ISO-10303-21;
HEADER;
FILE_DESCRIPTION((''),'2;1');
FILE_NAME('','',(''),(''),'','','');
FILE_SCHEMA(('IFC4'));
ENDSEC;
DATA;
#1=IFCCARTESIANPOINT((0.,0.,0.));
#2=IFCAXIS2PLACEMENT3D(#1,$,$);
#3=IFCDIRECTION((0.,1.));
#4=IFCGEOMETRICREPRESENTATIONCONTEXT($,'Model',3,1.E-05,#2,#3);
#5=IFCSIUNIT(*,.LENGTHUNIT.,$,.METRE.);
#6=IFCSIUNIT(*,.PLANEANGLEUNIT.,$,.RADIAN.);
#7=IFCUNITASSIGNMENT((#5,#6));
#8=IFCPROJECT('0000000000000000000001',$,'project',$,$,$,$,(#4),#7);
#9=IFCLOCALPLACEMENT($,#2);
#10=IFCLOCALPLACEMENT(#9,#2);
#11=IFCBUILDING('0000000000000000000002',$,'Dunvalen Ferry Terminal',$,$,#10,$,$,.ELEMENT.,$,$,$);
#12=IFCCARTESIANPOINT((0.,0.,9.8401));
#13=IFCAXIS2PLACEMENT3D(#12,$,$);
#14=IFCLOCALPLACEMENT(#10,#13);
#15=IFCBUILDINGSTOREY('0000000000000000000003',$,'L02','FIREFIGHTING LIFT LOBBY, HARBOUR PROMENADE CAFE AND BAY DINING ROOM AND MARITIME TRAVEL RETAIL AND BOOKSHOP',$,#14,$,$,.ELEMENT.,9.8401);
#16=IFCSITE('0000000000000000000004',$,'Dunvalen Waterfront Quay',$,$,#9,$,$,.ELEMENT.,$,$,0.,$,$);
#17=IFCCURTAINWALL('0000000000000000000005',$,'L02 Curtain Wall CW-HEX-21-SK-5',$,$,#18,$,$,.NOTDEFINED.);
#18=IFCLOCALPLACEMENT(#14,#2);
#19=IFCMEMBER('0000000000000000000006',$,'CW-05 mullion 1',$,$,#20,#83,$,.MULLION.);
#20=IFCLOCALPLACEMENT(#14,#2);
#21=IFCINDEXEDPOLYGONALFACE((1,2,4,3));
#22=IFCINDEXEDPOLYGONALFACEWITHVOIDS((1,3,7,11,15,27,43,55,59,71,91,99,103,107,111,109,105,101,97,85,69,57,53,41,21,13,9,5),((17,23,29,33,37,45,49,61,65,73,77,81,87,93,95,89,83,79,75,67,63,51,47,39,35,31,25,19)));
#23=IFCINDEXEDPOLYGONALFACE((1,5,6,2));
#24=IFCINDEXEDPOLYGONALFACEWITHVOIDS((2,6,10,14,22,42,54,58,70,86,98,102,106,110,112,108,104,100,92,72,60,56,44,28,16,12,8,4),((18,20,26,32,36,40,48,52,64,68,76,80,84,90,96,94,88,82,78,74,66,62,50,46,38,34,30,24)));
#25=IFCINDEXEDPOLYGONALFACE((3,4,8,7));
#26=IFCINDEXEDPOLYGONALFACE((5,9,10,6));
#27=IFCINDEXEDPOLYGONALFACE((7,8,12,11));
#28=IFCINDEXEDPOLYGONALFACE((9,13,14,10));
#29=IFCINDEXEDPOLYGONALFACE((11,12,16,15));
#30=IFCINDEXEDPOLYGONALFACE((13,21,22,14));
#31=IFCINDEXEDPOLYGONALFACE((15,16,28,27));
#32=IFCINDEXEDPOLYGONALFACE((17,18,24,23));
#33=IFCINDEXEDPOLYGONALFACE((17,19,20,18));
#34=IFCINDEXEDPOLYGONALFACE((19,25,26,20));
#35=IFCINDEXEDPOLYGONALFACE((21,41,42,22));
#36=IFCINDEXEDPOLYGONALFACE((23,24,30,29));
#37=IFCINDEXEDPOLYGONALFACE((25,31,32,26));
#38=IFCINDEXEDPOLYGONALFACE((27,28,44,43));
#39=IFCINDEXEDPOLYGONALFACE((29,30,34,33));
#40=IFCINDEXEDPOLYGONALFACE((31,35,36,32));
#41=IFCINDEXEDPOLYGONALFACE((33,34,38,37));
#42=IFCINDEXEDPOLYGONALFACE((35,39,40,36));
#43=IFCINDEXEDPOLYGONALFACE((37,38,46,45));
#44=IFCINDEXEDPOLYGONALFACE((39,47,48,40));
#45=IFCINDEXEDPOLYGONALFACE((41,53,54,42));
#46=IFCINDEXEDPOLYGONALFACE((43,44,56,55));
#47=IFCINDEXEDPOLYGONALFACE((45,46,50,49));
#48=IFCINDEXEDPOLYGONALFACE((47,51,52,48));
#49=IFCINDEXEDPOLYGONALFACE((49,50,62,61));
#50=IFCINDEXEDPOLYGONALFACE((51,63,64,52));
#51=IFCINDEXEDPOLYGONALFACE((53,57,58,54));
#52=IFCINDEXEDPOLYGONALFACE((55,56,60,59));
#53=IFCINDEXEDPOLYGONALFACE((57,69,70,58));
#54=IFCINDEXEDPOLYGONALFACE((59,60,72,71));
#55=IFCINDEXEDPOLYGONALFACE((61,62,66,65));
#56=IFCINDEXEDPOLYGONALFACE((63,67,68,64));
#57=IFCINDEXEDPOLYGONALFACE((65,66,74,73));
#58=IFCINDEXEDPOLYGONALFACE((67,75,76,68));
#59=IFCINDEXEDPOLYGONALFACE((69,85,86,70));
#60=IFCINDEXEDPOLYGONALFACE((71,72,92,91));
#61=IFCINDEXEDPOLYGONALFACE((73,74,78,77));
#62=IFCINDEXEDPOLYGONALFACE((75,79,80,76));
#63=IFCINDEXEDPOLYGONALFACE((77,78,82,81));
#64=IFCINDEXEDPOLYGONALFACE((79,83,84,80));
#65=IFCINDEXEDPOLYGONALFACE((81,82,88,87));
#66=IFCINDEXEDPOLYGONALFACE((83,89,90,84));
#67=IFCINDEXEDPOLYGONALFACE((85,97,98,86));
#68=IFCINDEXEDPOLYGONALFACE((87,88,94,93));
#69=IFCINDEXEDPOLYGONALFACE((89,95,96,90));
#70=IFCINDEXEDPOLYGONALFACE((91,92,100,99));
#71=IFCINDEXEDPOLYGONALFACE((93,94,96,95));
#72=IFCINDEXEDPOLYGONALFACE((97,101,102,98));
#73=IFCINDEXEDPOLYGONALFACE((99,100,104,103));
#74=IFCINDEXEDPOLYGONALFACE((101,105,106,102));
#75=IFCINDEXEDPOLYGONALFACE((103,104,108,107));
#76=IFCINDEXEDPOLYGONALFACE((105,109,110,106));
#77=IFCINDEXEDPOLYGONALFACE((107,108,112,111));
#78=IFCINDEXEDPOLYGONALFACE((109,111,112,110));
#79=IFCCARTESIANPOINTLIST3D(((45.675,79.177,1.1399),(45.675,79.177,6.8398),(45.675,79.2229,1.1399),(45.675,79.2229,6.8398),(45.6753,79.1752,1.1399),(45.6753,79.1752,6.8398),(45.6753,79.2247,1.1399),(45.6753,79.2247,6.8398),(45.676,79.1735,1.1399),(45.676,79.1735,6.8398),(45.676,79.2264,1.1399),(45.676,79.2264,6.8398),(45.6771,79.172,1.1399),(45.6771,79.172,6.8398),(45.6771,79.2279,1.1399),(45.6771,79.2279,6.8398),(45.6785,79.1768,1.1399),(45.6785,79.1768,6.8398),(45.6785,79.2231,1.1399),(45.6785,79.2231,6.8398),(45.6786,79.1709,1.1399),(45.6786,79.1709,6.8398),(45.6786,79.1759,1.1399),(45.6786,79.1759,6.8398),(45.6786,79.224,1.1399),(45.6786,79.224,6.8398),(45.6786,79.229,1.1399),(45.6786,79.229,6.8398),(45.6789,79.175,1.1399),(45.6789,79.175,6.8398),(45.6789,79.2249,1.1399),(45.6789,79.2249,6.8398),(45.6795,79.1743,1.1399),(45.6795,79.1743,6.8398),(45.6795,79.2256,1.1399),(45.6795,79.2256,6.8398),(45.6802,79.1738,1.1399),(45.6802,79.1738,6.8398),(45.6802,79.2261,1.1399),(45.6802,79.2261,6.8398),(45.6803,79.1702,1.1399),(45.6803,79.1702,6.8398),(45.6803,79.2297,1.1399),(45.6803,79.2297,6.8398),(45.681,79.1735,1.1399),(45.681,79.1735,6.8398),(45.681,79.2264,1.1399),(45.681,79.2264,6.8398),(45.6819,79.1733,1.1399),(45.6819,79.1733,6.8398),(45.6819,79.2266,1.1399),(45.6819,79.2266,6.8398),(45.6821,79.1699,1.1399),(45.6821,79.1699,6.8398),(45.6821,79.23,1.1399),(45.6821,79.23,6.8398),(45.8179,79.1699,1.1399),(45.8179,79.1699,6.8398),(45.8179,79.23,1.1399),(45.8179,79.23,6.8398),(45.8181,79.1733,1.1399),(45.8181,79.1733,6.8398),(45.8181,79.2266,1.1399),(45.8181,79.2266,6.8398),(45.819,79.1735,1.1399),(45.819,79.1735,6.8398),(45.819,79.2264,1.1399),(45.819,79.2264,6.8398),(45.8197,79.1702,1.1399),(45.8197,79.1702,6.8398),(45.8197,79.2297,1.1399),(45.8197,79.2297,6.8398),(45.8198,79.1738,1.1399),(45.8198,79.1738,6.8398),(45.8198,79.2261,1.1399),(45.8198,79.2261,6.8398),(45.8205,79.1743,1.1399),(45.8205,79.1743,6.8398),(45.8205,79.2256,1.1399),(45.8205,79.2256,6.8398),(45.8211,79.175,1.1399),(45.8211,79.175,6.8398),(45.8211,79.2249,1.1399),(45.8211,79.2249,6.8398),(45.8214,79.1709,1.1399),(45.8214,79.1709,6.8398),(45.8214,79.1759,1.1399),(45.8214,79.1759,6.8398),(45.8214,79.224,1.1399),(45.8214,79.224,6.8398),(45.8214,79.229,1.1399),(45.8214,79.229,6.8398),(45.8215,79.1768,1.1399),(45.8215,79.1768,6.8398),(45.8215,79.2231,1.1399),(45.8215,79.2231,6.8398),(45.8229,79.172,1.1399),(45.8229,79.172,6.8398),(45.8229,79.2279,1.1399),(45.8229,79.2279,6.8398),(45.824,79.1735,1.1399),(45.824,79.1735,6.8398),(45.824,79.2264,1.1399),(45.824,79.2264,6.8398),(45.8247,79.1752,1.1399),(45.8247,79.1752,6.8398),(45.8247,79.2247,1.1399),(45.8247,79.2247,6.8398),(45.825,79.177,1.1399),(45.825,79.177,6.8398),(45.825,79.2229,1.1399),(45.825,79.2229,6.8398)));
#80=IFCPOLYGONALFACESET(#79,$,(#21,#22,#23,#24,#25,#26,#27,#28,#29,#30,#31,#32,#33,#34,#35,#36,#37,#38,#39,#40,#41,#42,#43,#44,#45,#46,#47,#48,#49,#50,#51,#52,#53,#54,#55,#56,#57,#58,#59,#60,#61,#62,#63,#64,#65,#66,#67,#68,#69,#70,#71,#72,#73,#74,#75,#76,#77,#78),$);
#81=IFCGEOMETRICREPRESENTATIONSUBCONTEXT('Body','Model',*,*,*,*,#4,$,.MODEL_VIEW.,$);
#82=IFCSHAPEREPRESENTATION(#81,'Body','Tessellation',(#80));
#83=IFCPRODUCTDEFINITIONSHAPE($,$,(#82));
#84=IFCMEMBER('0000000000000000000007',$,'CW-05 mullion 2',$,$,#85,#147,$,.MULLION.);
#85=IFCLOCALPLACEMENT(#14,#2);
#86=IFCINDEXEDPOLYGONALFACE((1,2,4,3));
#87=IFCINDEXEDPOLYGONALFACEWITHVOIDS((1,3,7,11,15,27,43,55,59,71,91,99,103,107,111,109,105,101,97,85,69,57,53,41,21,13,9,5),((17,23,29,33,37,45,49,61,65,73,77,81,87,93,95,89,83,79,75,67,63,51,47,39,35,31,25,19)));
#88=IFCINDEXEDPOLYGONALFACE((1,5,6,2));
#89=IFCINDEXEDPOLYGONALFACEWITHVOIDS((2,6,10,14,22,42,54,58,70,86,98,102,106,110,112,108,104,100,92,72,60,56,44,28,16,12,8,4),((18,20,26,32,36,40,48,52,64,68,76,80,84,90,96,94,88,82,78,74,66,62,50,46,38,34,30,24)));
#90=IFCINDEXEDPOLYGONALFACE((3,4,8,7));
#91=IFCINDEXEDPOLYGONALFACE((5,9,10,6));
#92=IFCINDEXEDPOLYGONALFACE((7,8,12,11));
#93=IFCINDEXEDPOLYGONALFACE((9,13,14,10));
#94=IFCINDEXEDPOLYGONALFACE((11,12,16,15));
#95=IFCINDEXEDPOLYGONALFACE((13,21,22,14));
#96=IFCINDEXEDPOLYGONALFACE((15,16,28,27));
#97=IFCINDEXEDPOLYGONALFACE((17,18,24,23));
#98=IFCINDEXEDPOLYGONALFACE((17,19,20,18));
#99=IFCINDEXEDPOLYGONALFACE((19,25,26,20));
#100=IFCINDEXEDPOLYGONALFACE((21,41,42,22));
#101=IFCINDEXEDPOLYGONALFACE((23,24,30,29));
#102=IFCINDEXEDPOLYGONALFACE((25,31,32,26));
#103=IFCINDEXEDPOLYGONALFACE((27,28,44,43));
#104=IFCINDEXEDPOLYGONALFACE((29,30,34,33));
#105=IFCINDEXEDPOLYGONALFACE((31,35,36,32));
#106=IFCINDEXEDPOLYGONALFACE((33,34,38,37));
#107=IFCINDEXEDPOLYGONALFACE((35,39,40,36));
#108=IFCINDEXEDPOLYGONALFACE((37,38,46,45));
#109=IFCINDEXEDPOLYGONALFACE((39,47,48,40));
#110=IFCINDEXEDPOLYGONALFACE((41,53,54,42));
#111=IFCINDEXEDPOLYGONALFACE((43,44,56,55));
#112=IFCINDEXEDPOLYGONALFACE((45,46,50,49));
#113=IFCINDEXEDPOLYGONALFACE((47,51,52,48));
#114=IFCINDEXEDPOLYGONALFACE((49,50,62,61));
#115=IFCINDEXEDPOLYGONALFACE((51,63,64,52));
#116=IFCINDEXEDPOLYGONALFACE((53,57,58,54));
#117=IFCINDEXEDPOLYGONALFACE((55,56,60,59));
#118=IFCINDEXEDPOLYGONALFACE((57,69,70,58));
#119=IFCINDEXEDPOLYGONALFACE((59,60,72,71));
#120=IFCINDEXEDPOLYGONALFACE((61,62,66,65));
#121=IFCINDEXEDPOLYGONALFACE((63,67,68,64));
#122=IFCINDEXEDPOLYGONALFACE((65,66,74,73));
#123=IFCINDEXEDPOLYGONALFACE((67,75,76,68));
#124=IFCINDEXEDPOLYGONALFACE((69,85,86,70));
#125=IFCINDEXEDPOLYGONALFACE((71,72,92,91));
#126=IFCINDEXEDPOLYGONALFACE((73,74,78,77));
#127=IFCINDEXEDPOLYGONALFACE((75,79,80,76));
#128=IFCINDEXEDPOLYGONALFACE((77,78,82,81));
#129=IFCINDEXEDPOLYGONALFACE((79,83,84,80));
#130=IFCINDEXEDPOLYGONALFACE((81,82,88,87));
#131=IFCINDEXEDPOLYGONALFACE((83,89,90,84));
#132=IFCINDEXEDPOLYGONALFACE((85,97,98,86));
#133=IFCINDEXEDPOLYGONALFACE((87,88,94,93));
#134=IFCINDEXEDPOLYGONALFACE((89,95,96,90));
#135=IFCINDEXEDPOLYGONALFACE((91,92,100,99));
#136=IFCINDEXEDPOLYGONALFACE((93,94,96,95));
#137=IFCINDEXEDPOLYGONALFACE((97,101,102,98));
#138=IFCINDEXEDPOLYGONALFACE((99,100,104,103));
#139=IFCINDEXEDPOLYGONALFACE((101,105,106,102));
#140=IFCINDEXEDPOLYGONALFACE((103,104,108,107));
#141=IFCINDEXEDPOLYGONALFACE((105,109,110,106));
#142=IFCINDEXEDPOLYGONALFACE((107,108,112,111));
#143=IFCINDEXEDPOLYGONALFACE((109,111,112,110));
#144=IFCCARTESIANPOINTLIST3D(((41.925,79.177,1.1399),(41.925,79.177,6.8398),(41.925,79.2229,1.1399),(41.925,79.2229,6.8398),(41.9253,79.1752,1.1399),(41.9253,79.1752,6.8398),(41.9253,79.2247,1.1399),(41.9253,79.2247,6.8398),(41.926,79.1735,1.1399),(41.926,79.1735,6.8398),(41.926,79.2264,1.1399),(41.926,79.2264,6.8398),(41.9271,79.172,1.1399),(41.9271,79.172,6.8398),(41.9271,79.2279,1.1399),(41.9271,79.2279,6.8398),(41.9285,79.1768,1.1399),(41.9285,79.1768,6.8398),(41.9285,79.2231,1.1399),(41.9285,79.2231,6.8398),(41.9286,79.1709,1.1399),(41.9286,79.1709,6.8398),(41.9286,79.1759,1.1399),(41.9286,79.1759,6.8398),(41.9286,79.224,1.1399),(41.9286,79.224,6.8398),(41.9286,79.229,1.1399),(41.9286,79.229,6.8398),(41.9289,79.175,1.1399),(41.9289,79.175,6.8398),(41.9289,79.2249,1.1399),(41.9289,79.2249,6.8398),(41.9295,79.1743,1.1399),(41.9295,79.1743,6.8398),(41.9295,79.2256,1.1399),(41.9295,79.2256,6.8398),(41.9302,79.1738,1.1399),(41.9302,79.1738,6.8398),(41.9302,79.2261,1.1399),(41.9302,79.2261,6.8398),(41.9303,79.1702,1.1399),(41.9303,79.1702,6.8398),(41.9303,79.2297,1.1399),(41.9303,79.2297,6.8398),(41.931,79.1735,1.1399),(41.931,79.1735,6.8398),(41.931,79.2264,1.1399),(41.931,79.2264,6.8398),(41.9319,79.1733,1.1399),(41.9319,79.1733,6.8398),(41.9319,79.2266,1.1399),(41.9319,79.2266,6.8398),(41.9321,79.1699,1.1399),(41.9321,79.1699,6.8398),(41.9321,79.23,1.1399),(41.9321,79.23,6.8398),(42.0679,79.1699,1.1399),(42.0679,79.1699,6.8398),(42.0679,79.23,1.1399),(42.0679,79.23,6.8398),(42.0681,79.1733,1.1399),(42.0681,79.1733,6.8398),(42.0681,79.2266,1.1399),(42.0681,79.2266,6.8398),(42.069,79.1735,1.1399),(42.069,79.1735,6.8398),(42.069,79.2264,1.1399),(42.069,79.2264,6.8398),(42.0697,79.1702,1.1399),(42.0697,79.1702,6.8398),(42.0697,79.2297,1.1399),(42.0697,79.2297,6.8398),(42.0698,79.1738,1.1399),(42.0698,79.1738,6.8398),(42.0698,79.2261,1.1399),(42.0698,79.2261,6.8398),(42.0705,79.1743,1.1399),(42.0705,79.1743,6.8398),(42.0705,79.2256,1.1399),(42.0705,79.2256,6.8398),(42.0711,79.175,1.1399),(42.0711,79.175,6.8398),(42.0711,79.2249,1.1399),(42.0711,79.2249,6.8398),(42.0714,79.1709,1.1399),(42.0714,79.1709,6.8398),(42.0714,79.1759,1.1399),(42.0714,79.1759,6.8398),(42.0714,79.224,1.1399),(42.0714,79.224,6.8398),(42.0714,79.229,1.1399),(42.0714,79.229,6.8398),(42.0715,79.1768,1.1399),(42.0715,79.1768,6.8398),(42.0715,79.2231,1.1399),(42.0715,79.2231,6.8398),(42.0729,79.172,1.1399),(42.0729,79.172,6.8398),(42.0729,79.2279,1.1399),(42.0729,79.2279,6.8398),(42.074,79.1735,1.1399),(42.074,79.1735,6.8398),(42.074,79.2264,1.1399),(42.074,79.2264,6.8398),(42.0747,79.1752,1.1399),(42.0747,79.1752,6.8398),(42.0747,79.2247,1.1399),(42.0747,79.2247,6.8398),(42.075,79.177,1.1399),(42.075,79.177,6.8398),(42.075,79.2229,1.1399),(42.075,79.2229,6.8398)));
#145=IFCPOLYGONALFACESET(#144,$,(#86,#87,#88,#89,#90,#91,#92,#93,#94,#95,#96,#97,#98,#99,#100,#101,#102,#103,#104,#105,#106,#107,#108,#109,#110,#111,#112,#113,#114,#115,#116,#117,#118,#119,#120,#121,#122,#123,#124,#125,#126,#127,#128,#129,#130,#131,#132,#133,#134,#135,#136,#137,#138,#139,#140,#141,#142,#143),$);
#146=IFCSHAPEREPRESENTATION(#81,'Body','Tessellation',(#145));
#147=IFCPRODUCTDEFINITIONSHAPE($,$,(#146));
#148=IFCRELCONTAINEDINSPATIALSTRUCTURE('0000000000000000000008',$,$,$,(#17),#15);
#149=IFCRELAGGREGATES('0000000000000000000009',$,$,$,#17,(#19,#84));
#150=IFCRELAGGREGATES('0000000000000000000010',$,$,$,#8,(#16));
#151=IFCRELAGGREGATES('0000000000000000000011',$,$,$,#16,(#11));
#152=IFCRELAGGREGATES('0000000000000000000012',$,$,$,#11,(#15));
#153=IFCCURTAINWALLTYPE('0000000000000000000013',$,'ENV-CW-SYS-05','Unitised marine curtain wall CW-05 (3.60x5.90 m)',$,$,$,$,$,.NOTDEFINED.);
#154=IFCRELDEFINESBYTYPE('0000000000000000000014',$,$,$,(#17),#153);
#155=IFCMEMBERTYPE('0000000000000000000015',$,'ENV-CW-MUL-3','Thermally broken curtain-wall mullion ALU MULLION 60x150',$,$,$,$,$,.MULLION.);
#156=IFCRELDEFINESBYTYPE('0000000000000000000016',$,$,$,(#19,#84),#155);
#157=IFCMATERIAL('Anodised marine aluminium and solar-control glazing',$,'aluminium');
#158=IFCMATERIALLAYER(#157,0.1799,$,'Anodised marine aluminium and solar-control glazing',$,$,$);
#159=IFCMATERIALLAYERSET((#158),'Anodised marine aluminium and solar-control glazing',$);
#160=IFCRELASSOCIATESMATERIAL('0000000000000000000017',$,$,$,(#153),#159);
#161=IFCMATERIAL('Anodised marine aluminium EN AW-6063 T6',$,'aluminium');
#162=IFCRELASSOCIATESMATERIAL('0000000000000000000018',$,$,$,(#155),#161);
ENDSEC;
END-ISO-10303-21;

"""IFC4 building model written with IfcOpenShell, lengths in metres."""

from ifc_helpers import new_model, si_unit, direction, frame, origin, origin_2d, place, context, subcontext, project, spatial, hollow_rectangle, extrude, material, layer, layer_set, material_profile, profile_set, type_object, element, aggregate, save


model = new_model("IFC4")

# Units and contexts
model_context = context("Model", 3, precision=1e-05, world=origin(), true_north=direction((0.0, 1.0)))
body_context = subcontext(model_context, "Body", "Model", "MODEL_VIEW")
ifc_project = project(units=[si_unit("LENGTHUNIT", "METRE"), si_unit("PLANEANGLEUNIT", "RADIAN")], contexts=[model_context])

# Site, building, storey
site_placement = place(None, origin())
site = spatial("IfcSite", under=ifc_project, at=site_placement, Name="Dunvalen Waterfront Quay", CompositionType="ELEMENT", RefElevation=0.0)
building_placement = place(site_placement, origin())
building = spatial("IfcBuilding", under=site, at=building_placement, Name="Dunvalen Ferry Terminal", CompositionType="ELEMENT")
storey_placement = place(building_placement, frame((0.0, 0.0, 9.8401)))
storey = spatial("IfcBuildingStorey", under=building, at=storey_placement, Name="L02", Description="FIREFIGHTING LIFT LOBBY, HARBOUR PROMENADE CAFE AND BAY DINING ROOM AND MARITIME TRAVEL RETAIL AND BOOKSHOP", CompositionType="ELEMENT", Elevation=9.8401)

# Curtain wall, members
ifc_material_1 = material(Name="Anodised marine aluminium and solar-control glazing", Category="aluminium")
ifc_layer_1 = layer(ifc_material_1, 0.1799, Name="Anodised marine aluminium and solar-control glazing")
ifc_layer_set_1 = layer_set([ifc_layer_1], Name="Anodised marine aluminium and solar-control glazing")
curtain_wall_type = type_object("IfcCurtainWallType", Name="ENV-CW-SYS-05", Description="Unitised marine curtain wall CW-05 (3.60x5.90 m)", PredefinedType="NOTDEFINED", material=ifc_layer_set_1)
curtain_wall_placement = place(storey_placement, origin())
curtain_wall = element("IfcCurtainWall", 1, at=curtain_wall_placement, inside=storey, type_object=curtain_wall_type, Name="L02 Curtain Wall CW-HEX-21-SK-5", PredefinedType="NOTDEFINED")
ifc_material_2 = material(Name="Anodised marine aluminium EN AW-6063 T6", Category="aluminium")
ifc_material_profile_1 = material_profile(ifc_material_2, hollow_rectangle(XDim=0.0601, YDim=0.1499, WallThickness=0.0034, InnerFilletRadius=0.0034, OuterFilletRadius=0.0071, at=origin_2d()), Name="Anodised marine aluminium EN AW-6063 T6")
ifc_profile_set_1 = profile_set([ifc_material_profile_1], Name="Anodised marine aluminium EN AW-6063 T6")
member_type_1 = type_object("IfcMemberType", Name="ENV-CW-MUL-3", Description="Thermally broken curtain-wall mullion ALU MULLION 60x150", PredefinedType="MULLION", material=ifc_profile_set_1)
member_1_placement = place(storey_placement, frame((45.75, 79.2, 1.1399), z_axis=(0.0, 0.0, 1.0), x_axis=(0.0, -1.0, 0.0)))
member_1 = element("IfcMember", 2, at=member_1_placement, type_object=member_type_1, Name="CW-05 mullion 1", PredefinedType="MULLION", context=body_context, shape_type="SweptSolid", body=[
    extrude(hollow_rectangle(XDim=0.0601, YDim=0.1499, WallThickness=0.0034, InnerFilletRadius=0.0034, OuterFilletRadius=0.0071, at=origin_2d()), origin(), (0.0, 0.0, 1.0), 5.7),
])
member_2_placement = place(storey_placement, frame((42.0, 79.2, 1.1399), z_axis=(0.0, 0.0, 1.0), x_axis=(0.0, -1.0, 0.0)))
member_2 = element("IfcMember", 3, at=member_2_placement, type_object=member_type_1, Name="CW-05 mullion 2", PredefinedType="MULLION", context=body_context, shape_type="SweptSolid", body=[
    extrude(hollow_rectangle(XDim=0.0601, YDim=0.1499, WallThickness=0.0034, InnerFilletRadius=0.0034, OuterFilletRadius=0.0071, at=origin_2d()), origin(), (0.0, 0.0, 1.0), 5.7),
])

aggregate(curtain_wall, [member_1, member_2])

save(model, "model.ifc")
